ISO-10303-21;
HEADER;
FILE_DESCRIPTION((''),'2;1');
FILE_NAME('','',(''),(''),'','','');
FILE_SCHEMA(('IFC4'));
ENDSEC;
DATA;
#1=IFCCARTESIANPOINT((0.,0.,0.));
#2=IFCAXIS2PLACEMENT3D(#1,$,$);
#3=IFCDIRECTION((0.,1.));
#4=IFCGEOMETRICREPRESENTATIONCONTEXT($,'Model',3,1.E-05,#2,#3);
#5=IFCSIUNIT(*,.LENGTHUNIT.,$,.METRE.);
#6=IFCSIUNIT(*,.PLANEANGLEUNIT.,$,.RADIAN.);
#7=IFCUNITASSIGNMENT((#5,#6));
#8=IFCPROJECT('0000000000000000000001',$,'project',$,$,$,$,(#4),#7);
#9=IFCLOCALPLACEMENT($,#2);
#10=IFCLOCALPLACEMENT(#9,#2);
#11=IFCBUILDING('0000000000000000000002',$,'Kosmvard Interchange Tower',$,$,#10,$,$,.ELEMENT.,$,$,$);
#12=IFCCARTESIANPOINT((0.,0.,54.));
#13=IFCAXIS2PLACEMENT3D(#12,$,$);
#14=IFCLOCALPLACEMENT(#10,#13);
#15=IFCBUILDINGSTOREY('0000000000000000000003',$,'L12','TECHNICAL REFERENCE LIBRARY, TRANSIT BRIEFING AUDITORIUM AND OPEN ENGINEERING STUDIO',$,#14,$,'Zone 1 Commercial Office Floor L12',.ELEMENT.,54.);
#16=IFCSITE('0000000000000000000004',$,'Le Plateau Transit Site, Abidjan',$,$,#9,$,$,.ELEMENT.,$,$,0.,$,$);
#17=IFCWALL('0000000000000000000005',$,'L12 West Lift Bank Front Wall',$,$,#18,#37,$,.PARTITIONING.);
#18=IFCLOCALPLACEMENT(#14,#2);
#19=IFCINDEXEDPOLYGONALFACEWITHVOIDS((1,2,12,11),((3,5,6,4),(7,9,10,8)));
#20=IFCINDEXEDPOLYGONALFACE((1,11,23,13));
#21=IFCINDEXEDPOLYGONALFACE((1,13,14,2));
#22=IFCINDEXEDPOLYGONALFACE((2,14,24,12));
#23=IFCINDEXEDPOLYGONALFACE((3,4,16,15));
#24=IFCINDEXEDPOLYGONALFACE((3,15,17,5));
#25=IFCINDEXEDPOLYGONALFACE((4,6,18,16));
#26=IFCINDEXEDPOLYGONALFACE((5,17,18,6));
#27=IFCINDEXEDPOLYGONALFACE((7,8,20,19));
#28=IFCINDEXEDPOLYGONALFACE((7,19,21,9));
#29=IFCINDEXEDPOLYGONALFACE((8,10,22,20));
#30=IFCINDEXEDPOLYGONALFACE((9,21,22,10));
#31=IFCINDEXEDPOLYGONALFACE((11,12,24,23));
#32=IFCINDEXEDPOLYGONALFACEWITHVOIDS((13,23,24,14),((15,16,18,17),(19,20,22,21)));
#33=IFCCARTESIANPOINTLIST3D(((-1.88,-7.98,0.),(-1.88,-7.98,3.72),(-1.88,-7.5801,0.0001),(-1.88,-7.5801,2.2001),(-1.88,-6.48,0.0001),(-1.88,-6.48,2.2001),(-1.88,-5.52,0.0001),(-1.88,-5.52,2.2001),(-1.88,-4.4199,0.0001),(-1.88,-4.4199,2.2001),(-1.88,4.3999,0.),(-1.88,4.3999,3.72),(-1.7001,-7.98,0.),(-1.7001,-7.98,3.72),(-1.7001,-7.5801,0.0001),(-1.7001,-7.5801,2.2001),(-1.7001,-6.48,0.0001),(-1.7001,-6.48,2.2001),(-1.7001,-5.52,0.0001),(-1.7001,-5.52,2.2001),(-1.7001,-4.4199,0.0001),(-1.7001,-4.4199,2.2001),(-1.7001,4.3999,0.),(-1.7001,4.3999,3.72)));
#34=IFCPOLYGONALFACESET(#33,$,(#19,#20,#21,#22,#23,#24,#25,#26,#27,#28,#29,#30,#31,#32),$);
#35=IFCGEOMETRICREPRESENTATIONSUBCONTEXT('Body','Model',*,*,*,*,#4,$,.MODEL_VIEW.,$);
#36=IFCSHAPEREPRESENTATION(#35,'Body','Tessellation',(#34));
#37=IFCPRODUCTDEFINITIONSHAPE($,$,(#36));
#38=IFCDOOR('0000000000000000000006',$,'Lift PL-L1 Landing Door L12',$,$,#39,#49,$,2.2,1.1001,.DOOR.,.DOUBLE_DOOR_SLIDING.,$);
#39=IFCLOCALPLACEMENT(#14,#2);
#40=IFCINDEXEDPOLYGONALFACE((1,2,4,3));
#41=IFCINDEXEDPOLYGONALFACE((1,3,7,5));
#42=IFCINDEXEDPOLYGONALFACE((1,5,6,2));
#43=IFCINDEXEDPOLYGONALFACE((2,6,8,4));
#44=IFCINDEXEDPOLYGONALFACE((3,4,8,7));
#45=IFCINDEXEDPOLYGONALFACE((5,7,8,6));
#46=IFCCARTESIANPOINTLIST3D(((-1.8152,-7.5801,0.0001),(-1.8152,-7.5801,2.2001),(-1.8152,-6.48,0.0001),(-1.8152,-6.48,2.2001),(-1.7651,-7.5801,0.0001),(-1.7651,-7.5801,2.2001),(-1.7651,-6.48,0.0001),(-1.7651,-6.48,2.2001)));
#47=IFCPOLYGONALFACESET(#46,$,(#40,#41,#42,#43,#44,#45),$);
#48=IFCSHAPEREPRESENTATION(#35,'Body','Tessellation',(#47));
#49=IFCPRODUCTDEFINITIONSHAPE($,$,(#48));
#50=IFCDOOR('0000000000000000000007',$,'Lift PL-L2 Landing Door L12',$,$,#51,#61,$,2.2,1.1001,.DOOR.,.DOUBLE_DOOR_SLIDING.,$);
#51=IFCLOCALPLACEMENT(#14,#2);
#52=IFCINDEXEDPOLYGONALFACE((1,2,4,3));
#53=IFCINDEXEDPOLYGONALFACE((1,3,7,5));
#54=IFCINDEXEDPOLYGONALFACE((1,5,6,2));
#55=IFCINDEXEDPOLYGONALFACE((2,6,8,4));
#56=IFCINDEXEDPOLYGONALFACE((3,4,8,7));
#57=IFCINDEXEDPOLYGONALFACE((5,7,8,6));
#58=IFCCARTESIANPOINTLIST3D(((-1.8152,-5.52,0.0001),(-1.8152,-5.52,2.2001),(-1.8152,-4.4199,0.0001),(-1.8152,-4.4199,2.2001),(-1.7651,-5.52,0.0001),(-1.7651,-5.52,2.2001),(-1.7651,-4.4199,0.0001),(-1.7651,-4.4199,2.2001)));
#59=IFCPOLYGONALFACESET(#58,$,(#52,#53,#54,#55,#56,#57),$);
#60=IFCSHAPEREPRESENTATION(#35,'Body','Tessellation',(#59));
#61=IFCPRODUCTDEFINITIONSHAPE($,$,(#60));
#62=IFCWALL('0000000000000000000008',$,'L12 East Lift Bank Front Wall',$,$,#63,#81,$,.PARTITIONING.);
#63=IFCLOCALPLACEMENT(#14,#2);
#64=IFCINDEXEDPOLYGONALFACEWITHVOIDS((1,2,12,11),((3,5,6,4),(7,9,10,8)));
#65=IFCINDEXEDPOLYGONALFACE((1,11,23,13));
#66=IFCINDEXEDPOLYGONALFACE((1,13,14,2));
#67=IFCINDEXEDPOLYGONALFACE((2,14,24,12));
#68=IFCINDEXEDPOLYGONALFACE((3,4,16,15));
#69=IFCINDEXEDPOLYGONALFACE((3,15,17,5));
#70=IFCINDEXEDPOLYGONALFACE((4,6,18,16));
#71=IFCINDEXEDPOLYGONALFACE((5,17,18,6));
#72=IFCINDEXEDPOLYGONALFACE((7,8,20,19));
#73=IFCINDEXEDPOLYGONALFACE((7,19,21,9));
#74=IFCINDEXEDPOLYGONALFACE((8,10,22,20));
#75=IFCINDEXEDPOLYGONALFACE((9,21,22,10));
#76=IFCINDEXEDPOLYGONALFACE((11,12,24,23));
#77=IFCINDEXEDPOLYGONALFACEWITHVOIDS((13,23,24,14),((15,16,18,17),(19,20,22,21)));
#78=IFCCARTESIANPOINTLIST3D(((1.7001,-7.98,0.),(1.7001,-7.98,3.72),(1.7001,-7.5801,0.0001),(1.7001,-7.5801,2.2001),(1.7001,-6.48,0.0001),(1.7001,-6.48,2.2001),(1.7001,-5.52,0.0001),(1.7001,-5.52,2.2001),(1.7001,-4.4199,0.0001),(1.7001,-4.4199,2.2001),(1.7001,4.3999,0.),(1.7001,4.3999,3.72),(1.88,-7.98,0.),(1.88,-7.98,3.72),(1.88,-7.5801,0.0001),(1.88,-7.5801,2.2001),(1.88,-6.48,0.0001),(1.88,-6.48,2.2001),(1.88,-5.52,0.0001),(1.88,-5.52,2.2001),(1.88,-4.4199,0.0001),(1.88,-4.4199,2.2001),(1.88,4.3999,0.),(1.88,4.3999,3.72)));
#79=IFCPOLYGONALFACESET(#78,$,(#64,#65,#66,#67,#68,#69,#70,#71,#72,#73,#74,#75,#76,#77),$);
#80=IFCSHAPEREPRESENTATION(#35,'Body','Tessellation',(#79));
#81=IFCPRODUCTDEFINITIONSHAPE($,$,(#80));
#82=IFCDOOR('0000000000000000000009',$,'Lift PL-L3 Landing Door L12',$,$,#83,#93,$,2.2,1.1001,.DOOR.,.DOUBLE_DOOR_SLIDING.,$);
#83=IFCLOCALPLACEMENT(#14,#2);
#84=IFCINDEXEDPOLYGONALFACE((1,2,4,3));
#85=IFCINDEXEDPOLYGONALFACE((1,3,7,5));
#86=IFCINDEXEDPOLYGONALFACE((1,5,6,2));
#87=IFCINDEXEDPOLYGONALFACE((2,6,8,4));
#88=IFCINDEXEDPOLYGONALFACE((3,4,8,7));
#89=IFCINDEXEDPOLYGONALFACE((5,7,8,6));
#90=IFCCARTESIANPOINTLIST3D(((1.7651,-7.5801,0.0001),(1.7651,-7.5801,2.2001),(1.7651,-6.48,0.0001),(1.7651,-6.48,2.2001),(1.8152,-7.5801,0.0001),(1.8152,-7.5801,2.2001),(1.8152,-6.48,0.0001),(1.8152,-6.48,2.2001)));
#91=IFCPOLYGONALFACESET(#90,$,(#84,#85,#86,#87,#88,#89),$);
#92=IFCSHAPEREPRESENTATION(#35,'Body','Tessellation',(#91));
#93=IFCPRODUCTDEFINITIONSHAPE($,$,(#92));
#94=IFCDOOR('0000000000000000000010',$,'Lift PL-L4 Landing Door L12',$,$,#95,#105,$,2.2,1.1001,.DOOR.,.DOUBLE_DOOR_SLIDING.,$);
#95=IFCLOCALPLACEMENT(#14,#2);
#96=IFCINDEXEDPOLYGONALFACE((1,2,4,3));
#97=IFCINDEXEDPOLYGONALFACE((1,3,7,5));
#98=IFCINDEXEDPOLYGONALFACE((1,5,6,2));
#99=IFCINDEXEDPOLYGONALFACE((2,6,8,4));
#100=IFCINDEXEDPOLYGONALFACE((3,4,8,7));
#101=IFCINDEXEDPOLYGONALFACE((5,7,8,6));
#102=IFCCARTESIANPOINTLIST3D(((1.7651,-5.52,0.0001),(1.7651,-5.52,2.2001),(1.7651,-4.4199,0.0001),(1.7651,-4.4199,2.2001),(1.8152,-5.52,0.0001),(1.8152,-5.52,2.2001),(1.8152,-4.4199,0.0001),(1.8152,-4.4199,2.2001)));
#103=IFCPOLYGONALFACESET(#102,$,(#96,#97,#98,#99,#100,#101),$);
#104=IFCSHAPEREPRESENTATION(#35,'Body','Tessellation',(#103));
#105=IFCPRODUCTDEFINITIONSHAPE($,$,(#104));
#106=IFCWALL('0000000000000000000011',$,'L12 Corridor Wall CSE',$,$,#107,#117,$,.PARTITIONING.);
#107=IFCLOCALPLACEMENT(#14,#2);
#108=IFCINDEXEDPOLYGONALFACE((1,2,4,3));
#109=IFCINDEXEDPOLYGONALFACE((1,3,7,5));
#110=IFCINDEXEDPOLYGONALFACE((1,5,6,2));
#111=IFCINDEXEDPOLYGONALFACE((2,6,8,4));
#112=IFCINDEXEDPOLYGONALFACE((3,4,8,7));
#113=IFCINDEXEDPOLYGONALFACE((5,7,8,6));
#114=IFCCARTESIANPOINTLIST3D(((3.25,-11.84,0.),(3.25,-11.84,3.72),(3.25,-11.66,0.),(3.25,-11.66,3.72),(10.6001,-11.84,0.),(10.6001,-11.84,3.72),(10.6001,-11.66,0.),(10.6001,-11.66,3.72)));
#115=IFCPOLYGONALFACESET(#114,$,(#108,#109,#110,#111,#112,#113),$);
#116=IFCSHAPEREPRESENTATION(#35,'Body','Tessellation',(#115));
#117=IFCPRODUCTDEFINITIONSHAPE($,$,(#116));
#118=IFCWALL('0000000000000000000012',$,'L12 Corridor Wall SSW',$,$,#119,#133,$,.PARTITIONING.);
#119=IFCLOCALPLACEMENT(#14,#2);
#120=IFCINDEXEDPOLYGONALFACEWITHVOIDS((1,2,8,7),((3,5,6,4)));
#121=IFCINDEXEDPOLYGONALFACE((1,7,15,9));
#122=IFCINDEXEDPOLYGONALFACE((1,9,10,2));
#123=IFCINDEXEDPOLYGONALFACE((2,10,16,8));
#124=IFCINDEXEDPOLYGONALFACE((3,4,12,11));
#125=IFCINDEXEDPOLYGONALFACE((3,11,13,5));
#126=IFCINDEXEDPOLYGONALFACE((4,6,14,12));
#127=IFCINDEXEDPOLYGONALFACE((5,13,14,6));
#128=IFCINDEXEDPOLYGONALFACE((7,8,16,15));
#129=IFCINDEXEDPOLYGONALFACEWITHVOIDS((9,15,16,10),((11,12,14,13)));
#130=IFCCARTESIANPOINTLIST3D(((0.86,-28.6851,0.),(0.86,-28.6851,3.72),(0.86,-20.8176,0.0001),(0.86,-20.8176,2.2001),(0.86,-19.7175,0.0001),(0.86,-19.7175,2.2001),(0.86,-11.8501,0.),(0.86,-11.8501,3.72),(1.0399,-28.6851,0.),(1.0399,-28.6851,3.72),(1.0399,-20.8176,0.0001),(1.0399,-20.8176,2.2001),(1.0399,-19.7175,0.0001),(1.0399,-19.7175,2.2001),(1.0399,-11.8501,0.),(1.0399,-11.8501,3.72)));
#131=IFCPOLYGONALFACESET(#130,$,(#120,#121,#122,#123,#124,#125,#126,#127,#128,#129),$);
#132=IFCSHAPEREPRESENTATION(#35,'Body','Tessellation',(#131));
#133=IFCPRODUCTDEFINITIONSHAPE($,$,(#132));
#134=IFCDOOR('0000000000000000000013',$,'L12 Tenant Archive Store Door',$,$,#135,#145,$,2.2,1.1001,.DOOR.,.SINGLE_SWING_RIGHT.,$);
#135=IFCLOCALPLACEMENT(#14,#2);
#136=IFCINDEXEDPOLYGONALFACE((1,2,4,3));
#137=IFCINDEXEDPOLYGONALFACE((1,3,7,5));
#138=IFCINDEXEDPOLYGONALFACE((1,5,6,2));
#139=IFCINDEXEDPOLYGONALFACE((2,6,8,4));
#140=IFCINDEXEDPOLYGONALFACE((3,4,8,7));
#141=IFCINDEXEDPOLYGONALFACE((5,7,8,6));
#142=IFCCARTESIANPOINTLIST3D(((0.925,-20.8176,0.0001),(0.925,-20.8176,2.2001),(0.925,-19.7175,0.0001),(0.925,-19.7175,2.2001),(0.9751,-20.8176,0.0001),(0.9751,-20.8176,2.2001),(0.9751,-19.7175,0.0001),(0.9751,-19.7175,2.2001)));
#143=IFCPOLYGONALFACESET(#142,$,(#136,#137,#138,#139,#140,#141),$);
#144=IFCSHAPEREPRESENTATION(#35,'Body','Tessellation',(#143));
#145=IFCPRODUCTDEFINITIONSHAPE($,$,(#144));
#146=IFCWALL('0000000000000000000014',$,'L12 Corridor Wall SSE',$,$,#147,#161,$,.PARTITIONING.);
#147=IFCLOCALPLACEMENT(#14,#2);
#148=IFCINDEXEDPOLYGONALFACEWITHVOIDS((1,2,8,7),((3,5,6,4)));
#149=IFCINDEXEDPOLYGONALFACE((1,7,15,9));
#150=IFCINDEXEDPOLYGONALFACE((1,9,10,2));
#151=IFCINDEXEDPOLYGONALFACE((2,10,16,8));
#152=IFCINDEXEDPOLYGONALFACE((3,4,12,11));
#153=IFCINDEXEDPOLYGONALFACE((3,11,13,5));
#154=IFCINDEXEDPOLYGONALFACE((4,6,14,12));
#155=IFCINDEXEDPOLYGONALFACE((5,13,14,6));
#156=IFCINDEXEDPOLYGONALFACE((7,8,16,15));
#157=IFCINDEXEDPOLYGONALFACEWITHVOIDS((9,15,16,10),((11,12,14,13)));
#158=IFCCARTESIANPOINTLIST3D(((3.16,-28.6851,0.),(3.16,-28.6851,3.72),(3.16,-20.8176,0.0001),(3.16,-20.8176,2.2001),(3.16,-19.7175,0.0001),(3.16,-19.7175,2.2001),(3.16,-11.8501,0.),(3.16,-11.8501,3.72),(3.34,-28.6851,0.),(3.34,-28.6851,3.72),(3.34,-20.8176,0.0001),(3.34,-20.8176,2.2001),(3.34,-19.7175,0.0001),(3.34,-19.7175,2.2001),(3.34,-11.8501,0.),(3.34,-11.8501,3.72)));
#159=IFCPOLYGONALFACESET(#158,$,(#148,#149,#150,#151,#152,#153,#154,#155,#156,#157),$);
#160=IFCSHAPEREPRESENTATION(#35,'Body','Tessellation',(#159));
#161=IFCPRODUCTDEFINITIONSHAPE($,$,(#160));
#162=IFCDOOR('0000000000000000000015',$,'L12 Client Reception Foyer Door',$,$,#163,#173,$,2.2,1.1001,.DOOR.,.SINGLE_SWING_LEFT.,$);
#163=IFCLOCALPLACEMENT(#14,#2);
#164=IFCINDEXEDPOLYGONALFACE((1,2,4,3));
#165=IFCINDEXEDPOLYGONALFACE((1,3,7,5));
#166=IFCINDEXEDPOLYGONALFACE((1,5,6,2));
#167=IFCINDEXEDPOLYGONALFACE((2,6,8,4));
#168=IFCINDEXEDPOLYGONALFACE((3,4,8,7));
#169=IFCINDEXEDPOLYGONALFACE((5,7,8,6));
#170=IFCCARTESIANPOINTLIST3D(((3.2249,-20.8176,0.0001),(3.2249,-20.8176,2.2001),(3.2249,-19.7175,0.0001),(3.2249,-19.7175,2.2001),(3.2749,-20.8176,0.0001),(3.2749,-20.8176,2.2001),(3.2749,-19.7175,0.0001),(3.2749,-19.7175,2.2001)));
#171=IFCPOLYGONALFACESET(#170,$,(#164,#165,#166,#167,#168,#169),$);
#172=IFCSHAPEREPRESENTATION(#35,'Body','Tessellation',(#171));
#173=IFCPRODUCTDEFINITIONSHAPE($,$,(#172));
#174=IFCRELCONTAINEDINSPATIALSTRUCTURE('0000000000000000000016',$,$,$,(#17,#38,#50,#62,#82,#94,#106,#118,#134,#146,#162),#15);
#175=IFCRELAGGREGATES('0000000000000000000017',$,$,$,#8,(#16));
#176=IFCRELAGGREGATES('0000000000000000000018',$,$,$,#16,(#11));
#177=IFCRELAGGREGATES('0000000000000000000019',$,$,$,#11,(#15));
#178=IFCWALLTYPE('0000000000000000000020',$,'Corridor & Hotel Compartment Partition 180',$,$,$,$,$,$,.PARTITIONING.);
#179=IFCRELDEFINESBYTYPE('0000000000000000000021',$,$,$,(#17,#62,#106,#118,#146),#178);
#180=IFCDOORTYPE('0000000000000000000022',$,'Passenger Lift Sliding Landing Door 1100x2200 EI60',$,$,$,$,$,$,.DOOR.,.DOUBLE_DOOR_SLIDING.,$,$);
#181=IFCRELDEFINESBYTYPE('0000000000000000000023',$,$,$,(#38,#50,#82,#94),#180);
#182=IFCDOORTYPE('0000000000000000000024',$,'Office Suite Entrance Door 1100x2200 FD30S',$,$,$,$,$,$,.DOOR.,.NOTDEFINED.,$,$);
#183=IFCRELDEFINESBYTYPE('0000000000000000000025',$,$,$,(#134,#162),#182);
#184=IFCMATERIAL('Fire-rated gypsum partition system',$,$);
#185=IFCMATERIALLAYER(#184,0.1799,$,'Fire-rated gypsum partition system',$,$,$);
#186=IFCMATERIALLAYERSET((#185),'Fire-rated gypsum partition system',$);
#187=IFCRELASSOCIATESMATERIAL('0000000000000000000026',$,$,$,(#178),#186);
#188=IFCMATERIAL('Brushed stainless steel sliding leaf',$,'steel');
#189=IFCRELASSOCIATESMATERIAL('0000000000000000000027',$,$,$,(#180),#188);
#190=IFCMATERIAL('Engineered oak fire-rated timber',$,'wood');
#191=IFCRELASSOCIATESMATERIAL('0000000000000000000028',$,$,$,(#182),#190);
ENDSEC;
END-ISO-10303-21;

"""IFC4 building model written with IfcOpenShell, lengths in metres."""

from ifc_helpers import new_model, si_unit, direction, frame, frame_2d, origin, place, context, subcontext, project, spatial, rectangle, extrude, source, transform, mapped, material, layer, layer_set, type_object, element, fill, save


model = new_model("IFC4")

# Units and contexts
model_context = context("Model", 3, precision=1e-05, world=origin(), true_north=direction((0.0, 1.0)))
body_context = subcontext(model_context, "Body", "Model", "MODEL_VIEW")
ifc_project = project(units=[si_unit("LENGTHUNIT", "METRE"), si_unit("PLANEANGLEUNIT", "RADIAN")], contexts=[model_context])

# Site, building, storey
site_placement = place(None, origin())
site = spatial("IfcSite", under=ifc_project, at=site_placement, Name="Le Plateau Transit Site, Abidjan", CompositionType="ELEMENT", RefElevation=0.0)
building_placement = place(site_placement, origin())
building = spatial("IfcBuilding", under=site, at=building_placement, Name="Kosmvard Interchange Tower", CompositionType="ELEMENT")
storey_placement = place(building_placement, frame((0.0, 0.0, 54.0)))
storey = spatial("IfcBuildingStorey", under=building, at=storey_placement, Name="L12", Description="TECHNICAL REFERENCE LIBRARY, TRANSIT BRIEFING AUDITORIUM AND OPEN ENGINEERING STUDIO", LongName="Zone 1 Commercial Office Floor L12", CompositionType="ELEMENT", Elevation=54.0)

# Walls, openings, doors
ifc_material_1 = material(Name="Fire-rated gypsum partition system")
ifc_layer_1 = layer(ifc_material_1, 0.1799, Name="Fire-rated gypsum partition system")
ifc_layer_set_1 = layer_set([ifc_layer_1], Name="Fire-rated gypsum partition system")
wall_type_1 = type_object("IfcWallType", Name="Corridor & Hotel Compartment Partition 180", PredefinedType="PARTITIONING", material=ifc_layer_set_1)
wall_1_placement = place(storey_placement, frame((-1.79, -7.98, 0.0), z_axis=(0.0, 0.0, 1.0), x_axis=(0.0, 1.0, 0.0)))
wall_1 = element("IfcWall", 1, at=wall_1_placement, inside=storey, type_object=wall_type_1, Name="L12 West Lift Bank Front Wall", PredefinedType="PARTITIONING", context=body_context, shape_type="SweptSolid", body=[
    extrude(rectangle(XDim=12.3799, YDim=0.1799, at=frame_2d((6.1899, 0.0))), origin(), (0.0, 0.0, 1.0), 3.72),
])
opening_1_placement = place(wall_1_placement, frame((0.3999, 0.0, 0.0)))
opening_1 = element("IfcOpeningElement", 2, at=opening_1_placement, cuts=wall_1, PredefinedType="OPENING", context=body_context, shape_type="SweptSolid", body=[
    extrude(rectangle(XDim=1.1001, YDim=2.2, at=frame_2d((0.55, 1.1001))), frame((0.0, 0.1001, 0.0), z_axis=(0.0, -1.0, 0.0), x_axis=(1.0, 0.0, 0.0)), (0.0, 0.0, 1.0), 0.2),
])
opening_2_placement = place(wall_1_placement, frame((2.46, 0.0, 0.0)))
opening_2 = element("IfcOpeningElement", 3, at=opening_2_placement, cuts=wall_1, PredefinedType="OPENING", context=body_context, shape_type="SweptSolid", body=[
    extrude(rectangle(XDim=1.1001, YDim=2.2, at=frame_2d((0.55, 1.1001))), frame((0.0, 0.1001, 0.0), z_axis=(0.0, -1.0, 0.0), x_axis=(1.0, 0.0, 0.0)), (0.0, 0.0, 1.0), 0.2),
])
ifc_material_2 = material(Name="Brushed stainless steel sliding leaf", Category="steel")
door_type_1 = type_object("IfcDoorType", Name="Passenger Lift Sliding Landing Door 1100x2200 EI60", OperationType="DOUBLE_DOOR_SLIDING", PredefinedType="DOOR", material=ifc_material_2)
shared_shape_1 = source(origin(), body_context, "Body", "SweptSolid", [
    extrude(rectangle(XDim=1.1001, YDim=2.2, at=frame_2d((0.55, 1.1001))), frame((0.0, 0.0249, 0.0), z_axis=(0.0, -1.0, 0.0), x_axis=(1.0, 0.0, 0.0)), (0.0, 0.0, 1.0), 0.05),
])
door_1_placement = place(opening_1_placement, frame((1.1001, 0.0, 0.0), z_axis=(0.0, 0.0, 1.0), x_axis=(-1.0, 0.0, 0.0)))
door_1 = element("IfcDoor", 4, at=door_1_placement, inside=storey, type_object=door_type_1, Name="Lift PL-L1 Landing Door L12", OperationType="DOUBLE_DOOR_SLIDING", OverallHeight=2.2, OverallWidth=1.1001, PredefinedType="DOOR", context=body_context, shape_type="MappedRepresentation", body=[
    mapped(shared_shape_1, transform((0.0, 0.0, 0.0), scale=1.0)),
])
fill(opening_1, door_1)
door_2_placement = place(opening_2_placement, frame((1.1001, 0.0, 0.0), z_axis=(0.0, 0.0, 1.0), x_axis=(-1.0, 0.0, 0.0)))
door_2 = element("IfcDoor", 5, at=door_2_placement, inside=storey, type_object=door_type_1, Name="Lift PL-L2 Landing Door L12", OperationType="DOUBLE_DOOR_SLIDING", OverallHeight=2.2, OverallWidth=1.1001, PredefinedType="DOOR", context=body_context, shape_type="MappedRepresentation", body=[
    mapped(shared_shape_1, transform((0.0, 0.0, 0.0), scale=1.0)),
])
fill(opening_2, door_2)
wall_2_placement = place(storey_placement, frame((1.79, -7.98, 0.0), z_axis=(0.0, 0.0, 1.0), x_axis=(0.0, 1.0, 0.0)))
wall_2 = element("IfcWall", 6, at=wall_2_placement, inside=storey, type_object=wall_type_1, Name="L12 East Lift Bank Front Wall", PredefinedType="PARTITIONING", context=body_context, shape_type="SweptSolid", body=[
    extrude(rectangle(XDim=12.3799, YDim=0.1799, at=frame_2d((6.1899, 0.0))), origin(), (0.0, 0.0, 1.0), 3.72),
])
opening_3_placement = place(wall_2_placement, frame((0.3999, 0.0, 0.0)))
opening_3 = element("IfcOpeningElement", 7, at=opening_3_placement, cuts=wall_2, PredefinedType="OPENING", context=body_context, shape_type="SweptSolid", body=[
    extrude(rectangle(XDim=1.1001, YDim=2.2, at=frame_2d((0.55, 1.1001))), frame((0.0, 0.1001, 0.0), z_axis=(0.0, -1.0, 0.0), x_axis=(1.0, 0.0, 0.0)), (0.0, 0.0, 1.0), 0.2),
])
opening_4_placement = place(wall_2_placement, frame((2.46, 0.0, 0.0)))
opening_4 = element("IfcOpeningElement", 8, at=opening_4_placement, cuts=wall_2, PredefinedType="OPENING", context=body_context, shape_type="SweptSolid", body=[
    extrude(rectangle(XDim=1.1001, YDim=2.2, at=frame_2d((0.55, 1.1001))), frame((0.0, 0.1001, 0.0), z_axis=(0.0, -1.0, 0.0), x_axis=(1.0, 0.0, 0.0)), (0.0, 0.0, 1.0), 0.2),
])
door_3_placement = place(opening_3_placement, origin())
door_3 = element("IfcDoor", 9, at=door_3_placement, inside=storey, type_object=door_type_1, Name="Lift PL-L3 Landing Door L12", OperationType="DOUBLE_DOOR_SLIDING", OverallHeight=2.2, OverallWidth=1.1001, PredefinedType="DOOR", context=body_context, shape_type="MappedRepresentation", body=[
    mapped(shared_shape_1, transform((0.0, 0.0, 0.0), scale=1.0)),
])
fill(opening_3, door_3)
door_4_placement = place(opening_4_placement, origin())
door_4 = element("IfcDoor", 10, at=door_4_placement, inside=storey, type_object=door_type_1, Name="Lift PL-L4 Landing Door L12", OperationType="DOUBLE_DOOR_SLIDING", OverallHeight=2.2, OverallWidth=1.1001, PredefinedType="DOOR", context=body_context, shape_type="MappedRepresentation", body=[
    mapped(shared_shape_1, transform((0.0, 0.0, 0.0), scale=1.0)),
])
fill(opening_4, door_4)

# Wall
wall_3_placement = place(storey_placement, frame((3.25, -11.75, 0.0), z_axis=(0.0, 0.0, 1.0), x_axis=(1.0, 0.0, 0.0)))
element("IfcWall", 11, at=wall_3_placement, inside=storey, type_object=wall_type_1, Name="L12 Corridor Wall CSE", PredefinedType="PARTITIONING", context=body_context, shape_type="SweptSolid", body=[
    extrude(rectangle(XDim=7.3501, YDim=0.1799, at=frame_2d((3.675, 0.0))), origin(), (0.0, 0.0, 1.0), 3.72),
])

# Walls, openings, doors
wall_4_placement = place(storey_placement, frame((0.95, -28.6851, 0.0), z_axis=(0.0, 0.0, 1.0), x_axis=(0.0, 1.0, 0.0)))
wall_4 = element("IfcWall", 12, at=wall_4_placement, inside=storey, type_object=wall_type_1, Name="L12 Corridor Wall SSW", PredefinedType="PARTITIONING", context=body_context, shape_type="SweptSolid", body=[
    extrude(rectangle(XDim=16.835, YDim=0.1799, at=frame_2d((8.4175, 0.0))), origin(), (0.0, 0.0, 1.0), 3.72),
])
opening_5_placement = place(wall_4_placement, frame((7.8674, 0.0, 0.0)))
opening_5 = element("IfcOpeningElement", 13, at=opening_5_placement, cuts=wall_4, PredefinedType="OPENING", context=body_context, shape_type="SweptSolid", body=[
    extrude(rectangle(XDim=1.1001, YDim=2.2, at=frame_2d((0.55, 1.1001))), frame((0.0, 0.1001, 0.0), z_axis=(0.0, -1.0, 0.0), x_axis=(1.0, 0.0, 0.0)), (0.0, 0.0, 1.0), 0.2),
])
ifc_material_3 = material(Name="Engineered oak fire-rated timber", Category="wood")
door_type_2 = type_object("IfcDoorType", Name="Office Suite Entrance Door 1100x2200 FD30S", OperationType="NOTDEFINED", PredefinedType="DOOR", material=ifc_material_3)
door_5_placement = place(opening_5_placement, origin())
door_5 = element("IfcDoor", 14, at=door_5_placement, inside=storey, type_object=door_type_2, Name="L12 Tenant Archive Store Door", OperationType="SINGLE_SWING_RIGHT", OverallHeight=2.2, OverallWidth=1.1001, PredefinedType="DOOR", context=body_context, shape_type="MappedRepresentation", body=[
    mapped(shared_shape_1, transform((0.0, 0.0, 0.0), scale=1.0)),
])
fill(opening_5, door_5)
wall_5_placement = place(storey_placement, frame((3.25, -28.6851, 0.0), z_axis=(0.0, 0.0, 1.0), x_axis=(0.0, 1.0, 0.0)))
wall_5 = element("IfcWall", 15, at=wall_5_placement, inside=storey, type_object=wall_type_1, Name="L12 Corridor Wall SSE", PredefinedType="PARTITIONING", context=body_context, shape_type="SweptSolid", body=[
    extrude(rectangle(XDim=16.835, YDim=0.1799, at=frame_2d((8.4175, 0.0))), origin(), (0.0, 0.0, 1.0), 3.72),
])
opening_6_placement = place(wall_5_placement, frame((7.8674, 0.0, 0.0)))
opening_6 = element("IfcOpeningElement", 16, at=opening_6_placement, cuts=wall_5, PredefinedType="OPENING", context=body_context, shape_type="SweptSolid", body=[
    extrude(rectangle(XDim=1.1001, YDim=2.2, at=frame_2d((0.55, 1.1001))), frame((0.0, 0.1001, 0.0), z_axis=(0.0, -1.0, 0.0), x_axis=(1.0, 0.0, 0.0)), (0.0, 0.0, 1.0), 0.2),
])
door_6_placement = place(opening_6_placement, frame((1.1001, 0.0, 0.0), z_axis=(0.0, 0.0, 1.0), x_axis=(-1.0, 0.0, 0.0)))
door_6 = element("IfcDoor", 17, at=door_6_placement, inside=storey, type_object=door_type_2, Name="L12 Client Reception Foyer Door", OperationType="SINGLE_SWING_LEFT", OverallHeight=2.2, OverallWidth=1.1001, PredefinedType="DOOR", context=body_context, shape_type="MappedRepresentation", body=[
    mapped(shared_shape_1, transform((0.0, 0.0, 0.0), scale=1.0)),
])
fill(opening_6, door_6)

save(model, "model.ifc")
